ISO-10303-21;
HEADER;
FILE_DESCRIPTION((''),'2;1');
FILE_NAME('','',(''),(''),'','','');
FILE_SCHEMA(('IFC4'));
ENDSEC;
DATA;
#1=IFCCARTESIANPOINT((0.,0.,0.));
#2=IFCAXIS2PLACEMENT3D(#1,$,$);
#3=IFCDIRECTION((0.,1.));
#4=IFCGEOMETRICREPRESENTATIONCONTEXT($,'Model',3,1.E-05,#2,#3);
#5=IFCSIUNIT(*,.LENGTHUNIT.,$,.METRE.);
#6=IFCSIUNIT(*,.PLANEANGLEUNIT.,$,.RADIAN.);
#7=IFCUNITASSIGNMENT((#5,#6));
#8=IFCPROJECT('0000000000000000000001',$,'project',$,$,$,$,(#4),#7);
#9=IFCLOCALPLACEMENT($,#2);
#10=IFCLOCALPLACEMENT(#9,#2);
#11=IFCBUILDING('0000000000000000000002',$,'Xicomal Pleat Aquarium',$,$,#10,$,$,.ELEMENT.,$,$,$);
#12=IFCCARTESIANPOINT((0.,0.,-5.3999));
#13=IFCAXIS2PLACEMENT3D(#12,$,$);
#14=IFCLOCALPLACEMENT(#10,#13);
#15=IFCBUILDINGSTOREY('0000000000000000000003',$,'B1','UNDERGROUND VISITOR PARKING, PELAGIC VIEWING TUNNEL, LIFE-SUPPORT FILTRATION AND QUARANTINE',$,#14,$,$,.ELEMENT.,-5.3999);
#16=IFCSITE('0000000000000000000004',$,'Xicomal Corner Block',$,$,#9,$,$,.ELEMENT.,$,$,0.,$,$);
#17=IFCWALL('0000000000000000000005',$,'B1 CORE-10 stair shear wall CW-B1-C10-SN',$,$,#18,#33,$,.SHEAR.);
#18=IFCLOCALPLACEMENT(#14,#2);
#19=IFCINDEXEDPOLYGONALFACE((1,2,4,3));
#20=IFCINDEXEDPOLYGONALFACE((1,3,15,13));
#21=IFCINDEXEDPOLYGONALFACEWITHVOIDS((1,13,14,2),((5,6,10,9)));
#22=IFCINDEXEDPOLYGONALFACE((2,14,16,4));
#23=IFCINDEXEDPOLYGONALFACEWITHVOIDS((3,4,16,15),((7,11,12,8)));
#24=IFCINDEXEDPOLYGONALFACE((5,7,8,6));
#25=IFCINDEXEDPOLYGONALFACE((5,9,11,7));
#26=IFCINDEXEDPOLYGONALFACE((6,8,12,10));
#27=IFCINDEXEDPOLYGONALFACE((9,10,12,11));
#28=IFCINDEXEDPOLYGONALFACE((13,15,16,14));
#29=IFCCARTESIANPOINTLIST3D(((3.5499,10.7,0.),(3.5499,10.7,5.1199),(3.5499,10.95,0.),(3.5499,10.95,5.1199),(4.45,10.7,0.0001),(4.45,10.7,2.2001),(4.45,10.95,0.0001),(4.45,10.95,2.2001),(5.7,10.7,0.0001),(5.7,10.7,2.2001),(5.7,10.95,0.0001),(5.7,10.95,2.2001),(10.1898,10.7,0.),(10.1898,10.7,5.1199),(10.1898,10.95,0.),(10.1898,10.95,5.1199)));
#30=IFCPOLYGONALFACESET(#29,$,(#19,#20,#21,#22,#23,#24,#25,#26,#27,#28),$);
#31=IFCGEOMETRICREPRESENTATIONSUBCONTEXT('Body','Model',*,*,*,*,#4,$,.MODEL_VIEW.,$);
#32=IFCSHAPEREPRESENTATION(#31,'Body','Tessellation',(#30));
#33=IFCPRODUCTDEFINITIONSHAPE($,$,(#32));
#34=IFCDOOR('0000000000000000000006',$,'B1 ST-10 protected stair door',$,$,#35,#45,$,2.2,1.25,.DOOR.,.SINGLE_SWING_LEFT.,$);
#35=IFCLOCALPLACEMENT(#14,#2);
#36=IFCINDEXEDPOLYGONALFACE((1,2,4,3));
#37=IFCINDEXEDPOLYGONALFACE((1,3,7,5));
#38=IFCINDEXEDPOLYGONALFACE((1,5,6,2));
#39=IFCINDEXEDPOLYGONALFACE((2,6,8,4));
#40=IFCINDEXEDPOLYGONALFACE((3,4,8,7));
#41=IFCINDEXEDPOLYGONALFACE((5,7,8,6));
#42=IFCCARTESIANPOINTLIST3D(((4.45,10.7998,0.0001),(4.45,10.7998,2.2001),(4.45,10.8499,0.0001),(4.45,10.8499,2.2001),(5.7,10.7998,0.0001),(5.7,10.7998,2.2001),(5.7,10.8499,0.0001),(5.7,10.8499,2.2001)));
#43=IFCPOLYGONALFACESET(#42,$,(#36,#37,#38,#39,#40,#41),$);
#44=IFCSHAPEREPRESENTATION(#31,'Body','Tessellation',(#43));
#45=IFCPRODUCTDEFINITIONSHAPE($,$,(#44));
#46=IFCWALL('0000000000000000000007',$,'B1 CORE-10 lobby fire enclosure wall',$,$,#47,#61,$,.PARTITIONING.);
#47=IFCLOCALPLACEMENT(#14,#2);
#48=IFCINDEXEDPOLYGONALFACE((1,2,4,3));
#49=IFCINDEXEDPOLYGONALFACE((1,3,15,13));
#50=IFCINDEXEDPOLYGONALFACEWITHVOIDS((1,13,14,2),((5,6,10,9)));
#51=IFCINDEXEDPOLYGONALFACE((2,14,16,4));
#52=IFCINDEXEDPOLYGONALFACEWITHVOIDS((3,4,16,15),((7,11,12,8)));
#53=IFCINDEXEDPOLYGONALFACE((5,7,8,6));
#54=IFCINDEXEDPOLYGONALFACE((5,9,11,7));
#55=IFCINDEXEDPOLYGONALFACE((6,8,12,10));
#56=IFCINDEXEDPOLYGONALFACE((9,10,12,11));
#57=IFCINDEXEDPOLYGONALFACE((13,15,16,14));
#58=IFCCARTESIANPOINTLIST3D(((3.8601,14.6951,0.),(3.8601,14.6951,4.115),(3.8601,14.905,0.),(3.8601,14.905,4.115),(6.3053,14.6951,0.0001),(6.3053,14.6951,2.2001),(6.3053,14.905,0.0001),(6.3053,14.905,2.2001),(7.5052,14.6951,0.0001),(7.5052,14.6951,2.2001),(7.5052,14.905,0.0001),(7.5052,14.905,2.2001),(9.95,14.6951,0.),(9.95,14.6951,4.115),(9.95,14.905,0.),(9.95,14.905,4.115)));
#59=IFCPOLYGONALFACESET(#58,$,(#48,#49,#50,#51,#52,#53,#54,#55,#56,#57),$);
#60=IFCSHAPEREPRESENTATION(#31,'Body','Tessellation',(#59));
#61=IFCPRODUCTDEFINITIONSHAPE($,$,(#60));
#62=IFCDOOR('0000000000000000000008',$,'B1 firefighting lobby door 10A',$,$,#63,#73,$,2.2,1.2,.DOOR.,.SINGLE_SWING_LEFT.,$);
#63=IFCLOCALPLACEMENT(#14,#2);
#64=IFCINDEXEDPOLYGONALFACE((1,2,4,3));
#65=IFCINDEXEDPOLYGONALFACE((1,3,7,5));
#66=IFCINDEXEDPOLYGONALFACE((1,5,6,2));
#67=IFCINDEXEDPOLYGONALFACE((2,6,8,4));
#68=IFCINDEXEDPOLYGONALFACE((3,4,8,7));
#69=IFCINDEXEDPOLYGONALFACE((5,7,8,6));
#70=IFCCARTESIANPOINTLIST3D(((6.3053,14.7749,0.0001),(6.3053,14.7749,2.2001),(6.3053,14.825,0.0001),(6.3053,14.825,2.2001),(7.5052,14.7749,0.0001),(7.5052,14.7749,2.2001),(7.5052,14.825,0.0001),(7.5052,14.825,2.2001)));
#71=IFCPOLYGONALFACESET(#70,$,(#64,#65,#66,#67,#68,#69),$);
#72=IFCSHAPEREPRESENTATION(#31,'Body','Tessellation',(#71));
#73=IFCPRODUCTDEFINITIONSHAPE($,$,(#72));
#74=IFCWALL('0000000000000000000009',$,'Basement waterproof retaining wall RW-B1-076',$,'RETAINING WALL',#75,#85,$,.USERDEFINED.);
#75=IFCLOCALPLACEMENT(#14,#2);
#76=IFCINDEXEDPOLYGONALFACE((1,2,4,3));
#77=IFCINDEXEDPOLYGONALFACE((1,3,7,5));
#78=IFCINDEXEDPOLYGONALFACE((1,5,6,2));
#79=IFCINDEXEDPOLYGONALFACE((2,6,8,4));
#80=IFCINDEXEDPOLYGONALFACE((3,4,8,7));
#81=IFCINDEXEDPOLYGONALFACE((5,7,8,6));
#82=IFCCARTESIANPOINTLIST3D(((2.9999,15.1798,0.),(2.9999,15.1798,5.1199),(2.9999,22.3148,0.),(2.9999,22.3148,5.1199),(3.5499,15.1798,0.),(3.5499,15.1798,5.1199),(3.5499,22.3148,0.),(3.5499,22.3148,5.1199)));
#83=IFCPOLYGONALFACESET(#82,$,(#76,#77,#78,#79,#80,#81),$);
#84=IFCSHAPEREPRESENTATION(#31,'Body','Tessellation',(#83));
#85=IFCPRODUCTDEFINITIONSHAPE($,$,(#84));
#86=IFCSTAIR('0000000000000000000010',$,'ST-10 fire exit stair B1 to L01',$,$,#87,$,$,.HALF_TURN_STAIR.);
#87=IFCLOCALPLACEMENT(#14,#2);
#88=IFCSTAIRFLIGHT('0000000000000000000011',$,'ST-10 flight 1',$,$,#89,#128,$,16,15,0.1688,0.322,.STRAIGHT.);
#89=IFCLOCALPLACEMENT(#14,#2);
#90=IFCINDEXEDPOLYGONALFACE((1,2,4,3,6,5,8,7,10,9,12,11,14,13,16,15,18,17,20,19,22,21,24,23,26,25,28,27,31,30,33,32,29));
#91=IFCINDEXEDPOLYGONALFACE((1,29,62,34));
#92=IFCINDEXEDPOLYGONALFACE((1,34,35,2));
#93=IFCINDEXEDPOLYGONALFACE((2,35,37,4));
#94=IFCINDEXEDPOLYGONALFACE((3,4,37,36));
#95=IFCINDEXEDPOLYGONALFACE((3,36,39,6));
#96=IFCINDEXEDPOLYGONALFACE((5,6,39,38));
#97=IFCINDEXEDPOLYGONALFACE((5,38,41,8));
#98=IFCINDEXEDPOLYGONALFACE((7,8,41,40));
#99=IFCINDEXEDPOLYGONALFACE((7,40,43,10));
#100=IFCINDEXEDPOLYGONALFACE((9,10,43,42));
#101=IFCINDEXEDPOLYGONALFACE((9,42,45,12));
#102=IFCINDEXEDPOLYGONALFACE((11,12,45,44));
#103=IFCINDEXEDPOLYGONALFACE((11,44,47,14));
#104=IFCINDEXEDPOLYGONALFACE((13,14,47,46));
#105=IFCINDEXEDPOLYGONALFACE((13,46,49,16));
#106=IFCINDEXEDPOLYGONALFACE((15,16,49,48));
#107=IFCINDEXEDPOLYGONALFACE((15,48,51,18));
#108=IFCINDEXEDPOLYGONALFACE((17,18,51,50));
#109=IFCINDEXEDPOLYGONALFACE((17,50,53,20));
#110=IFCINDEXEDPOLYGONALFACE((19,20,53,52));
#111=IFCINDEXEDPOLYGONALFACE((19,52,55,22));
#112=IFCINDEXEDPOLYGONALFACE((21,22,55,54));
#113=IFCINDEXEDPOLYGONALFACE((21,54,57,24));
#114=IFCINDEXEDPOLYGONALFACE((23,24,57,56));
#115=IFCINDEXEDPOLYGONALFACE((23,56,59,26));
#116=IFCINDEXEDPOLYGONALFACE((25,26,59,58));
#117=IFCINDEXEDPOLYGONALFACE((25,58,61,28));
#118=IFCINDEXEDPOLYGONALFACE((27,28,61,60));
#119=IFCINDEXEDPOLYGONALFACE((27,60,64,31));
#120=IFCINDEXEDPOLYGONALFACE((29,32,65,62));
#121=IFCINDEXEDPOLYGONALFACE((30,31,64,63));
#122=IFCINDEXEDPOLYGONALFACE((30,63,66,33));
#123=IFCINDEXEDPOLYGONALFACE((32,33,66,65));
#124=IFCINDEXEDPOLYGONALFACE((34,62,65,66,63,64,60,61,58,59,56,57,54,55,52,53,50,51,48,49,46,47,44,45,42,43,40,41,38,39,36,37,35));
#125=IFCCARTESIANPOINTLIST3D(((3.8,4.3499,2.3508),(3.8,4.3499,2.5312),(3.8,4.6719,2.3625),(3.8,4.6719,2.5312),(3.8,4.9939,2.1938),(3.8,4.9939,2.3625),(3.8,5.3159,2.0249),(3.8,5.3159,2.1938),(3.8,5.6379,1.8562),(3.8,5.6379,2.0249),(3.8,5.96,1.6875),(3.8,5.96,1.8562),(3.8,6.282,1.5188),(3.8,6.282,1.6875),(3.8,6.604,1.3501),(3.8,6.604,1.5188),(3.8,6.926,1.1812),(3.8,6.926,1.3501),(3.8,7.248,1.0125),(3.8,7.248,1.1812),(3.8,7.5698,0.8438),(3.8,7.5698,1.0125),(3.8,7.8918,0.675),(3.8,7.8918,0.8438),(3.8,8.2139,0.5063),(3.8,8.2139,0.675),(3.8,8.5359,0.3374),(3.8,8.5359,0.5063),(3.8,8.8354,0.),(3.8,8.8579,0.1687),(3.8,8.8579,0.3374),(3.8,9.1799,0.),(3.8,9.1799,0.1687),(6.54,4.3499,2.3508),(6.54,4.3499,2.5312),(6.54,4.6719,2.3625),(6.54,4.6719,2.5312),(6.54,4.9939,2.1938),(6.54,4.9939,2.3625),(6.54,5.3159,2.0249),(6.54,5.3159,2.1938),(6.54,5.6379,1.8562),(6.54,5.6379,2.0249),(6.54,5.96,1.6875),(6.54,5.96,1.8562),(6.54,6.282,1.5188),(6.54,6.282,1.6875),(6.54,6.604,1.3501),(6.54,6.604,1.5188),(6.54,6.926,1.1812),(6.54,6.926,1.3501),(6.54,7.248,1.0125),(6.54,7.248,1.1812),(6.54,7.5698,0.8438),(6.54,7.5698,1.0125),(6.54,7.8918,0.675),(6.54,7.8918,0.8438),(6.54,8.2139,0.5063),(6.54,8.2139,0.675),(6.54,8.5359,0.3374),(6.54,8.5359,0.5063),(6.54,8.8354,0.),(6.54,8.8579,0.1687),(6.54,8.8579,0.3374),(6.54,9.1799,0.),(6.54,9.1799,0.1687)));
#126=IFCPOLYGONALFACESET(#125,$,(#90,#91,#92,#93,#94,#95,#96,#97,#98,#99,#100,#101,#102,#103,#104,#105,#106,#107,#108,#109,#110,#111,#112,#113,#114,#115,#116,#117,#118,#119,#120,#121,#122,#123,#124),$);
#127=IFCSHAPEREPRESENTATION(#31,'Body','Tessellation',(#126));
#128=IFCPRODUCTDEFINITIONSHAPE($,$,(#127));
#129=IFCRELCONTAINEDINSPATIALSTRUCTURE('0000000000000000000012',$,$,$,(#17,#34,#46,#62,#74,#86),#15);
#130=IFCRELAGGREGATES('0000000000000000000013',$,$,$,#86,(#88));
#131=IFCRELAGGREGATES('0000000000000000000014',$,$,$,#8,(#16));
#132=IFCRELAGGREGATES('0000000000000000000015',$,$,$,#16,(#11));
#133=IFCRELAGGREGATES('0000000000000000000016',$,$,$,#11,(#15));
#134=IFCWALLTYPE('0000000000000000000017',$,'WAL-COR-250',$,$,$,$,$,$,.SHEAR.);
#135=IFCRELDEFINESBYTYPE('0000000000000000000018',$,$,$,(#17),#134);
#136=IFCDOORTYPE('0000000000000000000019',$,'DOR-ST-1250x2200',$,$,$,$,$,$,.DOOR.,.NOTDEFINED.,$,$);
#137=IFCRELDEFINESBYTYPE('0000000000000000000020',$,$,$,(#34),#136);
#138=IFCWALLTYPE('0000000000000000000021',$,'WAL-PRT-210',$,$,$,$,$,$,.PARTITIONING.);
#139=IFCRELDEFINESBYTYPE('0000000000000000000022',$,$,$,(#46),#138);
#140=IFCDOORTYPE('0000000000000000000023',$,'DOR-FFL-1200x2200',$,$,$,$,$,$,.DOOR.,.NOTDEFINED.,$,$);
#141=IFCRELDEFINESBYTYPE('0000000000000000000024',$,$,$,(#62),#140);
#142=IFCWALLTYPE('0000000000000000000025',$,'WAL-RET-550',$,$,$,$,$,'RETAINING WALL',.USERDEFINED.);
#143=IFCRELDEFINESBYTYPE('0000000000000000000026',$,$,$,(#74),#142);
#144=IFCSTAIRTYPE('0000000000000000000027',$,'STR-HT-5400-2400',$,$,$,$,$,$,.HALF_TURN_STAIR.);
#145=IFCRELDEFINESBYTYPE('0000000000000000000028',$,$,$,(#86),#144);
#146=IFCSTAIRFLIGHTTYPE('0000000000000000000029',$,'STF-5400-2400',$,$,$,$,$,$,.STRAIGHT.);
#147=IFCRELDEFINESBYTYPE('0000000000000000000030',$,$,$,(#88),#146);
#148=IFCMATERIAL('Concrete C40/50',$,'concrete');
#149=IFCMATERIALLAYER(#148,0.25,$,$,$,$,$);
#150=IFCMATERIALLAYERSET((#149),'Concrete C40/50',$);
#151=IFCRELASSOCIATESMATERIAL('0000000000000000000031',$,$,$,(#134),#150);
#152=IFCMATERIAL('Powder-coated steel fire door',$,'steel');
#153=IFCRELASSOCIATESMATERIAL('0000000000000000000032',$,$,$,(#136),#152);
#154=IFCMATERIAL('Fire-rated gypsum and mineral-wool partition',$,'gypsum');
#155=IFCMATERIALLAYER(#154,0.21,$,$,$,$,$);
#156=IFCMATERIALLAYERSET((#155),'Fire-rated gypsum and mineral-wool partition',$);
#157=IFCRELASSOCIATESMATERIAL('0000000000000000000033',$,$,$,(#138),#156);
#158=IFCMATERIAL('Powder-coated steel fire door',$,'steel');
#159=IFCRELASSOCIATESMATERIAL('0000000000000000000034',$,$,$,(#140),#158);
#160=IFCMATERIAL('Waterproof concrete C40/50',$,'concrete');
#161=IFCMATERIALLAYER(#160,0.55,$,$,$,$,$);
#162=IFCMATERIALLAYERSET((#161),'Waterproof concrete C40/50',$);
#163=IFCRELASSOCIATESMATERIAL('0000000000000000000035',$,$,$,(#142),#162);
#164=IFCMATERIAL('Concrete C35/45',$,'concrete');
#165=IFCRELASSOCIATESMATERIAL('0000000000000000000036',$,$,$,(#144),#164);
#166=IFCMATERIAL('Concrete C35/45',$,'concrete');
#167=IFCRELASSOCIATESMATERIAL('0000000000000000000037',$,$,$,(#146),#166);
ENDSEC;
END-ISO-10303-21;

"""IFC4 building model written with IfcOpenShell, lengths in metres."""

from ifc_helpers import new_model, si_unit, direction, frame, frame_2d, origin, place, context, subcontext, project, spatial, polyline, rectangle, outline, extrude, material, layer, layer_set, type_object, element, fill, aggregate, save


model = new_model("IFC4")

# Units and contexts
model_context = context("Model", 3, precision=1e-05, world=origin(), true_north=direction((0.0, 1.0)))
body_context = subcontext(model_context, "Body", "Model", "MODEL_VIEW")
ifc_project = project(units=[si_unit("LENGTHUNIT", "METRE"), si_unit("PLANEANGLEUNIT", "RADIAN")], contexts=[model_context])

# Site, building, storey
site_placement = place(None, origin())
site = spatial("IfcSite", under=ifc_project, at=site_placement, Name="Xicomal Corner Block", CompositionType="ELEMENT", RefElevation=0.0)
building_placement = place(site_placement, origin())
building = spatial("IfcBuilding", under=site, at=building_placement, Name="Xicomal Pleat Aquarium", CompositionType="ELEMENT")
storey_placement = place(building_placement, frame((0.0, 0.0, -5.3999)))
storey = spatial("IfcBuildingStorey", under=building, at=storey_placement, Name="B1", Description="UNDERGROUND VISITOR PARKING, PELAGIC VIEWING TUNNEL, LIFE-SUPPORT FILTRATION AND QUARANTINE", CompositionType="ELEMENT", Elevation=-5.3999)

# Walls, openings, doors
ifc_material_1 = material(Name="Concrete C40/50", Category="concrete")
ifc_layer_1 = layer(ifc_material_1, 0.25)
ifc_layer_set_1 = layer_set([ifc_layer_1], Name="Concrete C40/50")
wall_type_1 = type_object("IfcWallType", Name="WAL-COR-250", PredefinedType="SHEAR", material=ifc_layer_set_1)
ifc_material_2 = material(Name="Powder-coated steel fire door", Category="steel")
door_type_1 = type_object("IfcDoorType", Name="DOR-ST-1250x2200", OperationType="NOTDEFINED", PredefinedType="DOOR", material=ifc_material_2)
wall_1_placement = place(storey_placement, frame((3.55, 10.825, 0.0), z_axis=(0.0, 0.0, 1.0), x_axis=(1.0, 0.0, 0.0)))
wall_1 = element("IfcWall", 1, at=wall_1_placement, inside=storey, type_object=wall_type_1, Name="B1 CORE-10 stair shear wall CW-B1-C10-SN", PredefinedType="SHEAR", context=body_context, shape_type="SweptSolid", body=[
    extrude(rectangle(XDim=6.6399, YDim=0.25, at=frame_2d((3.3198, 0.0))), origin(), (0.0, 0.0, 1.0), 5.1199),
])
opening_1_placement = place(wall_1_placement, frame((0.8999, 0.0, 0.0)))
opening_1 = element("IfcOpeningElement", 2, at=opening_1_placement, cuts=wall_1, PredefinedType="OPENING", context=body_context, shape_type="SweptSolid", body=[
    extrude(rectangle(XDim=1.25, YDim=2.2, at=frame_2d((0.625, 1.1001))), frame((0.0, 0.135, 0.0), z_axis=(0.0, -1.0, 0.0), x_axis=(1.0, 0.0, 0.0)), (0.0, 0.0, 1.0), 0.27),
])
door_1_placement = place(opening_1_placement, origin())
door_1 = element("IfcDoor", 3, at=door_1_placement, inside=storey, type_object=door_type_1, Name="B1 ST-10 protected stair door", OperationType="SINGLE_SWING_LEFT", OverallHeight=2.2, OverallWidth=1.25, PredefinedType="DOOR", context=body_context, shape_type="SweptSolid", body=[
    extrude(rectangle(XDim=1.25, YDim=2.2, at=frame_2d((0.625, 1.1001))), frame((0.0, 0.0249, 0.0), z_axis=(0.0, -1.0, 0.0), x_axis=(1.0, 0.0, 0.0)), (0.0, 0.0, 1.0), 0.05),
])
fill(opening_1, door_1)
ifc_material_3 = material(Name="Fire-rated gypsum and mineral-wool partition", Category="gypsum")
ifc_layer_2 = layer(ifc_material_3, 0.21)
ifc_layer_set_2 = layer_set([ifc_layer_2], Name="Fire-rated gypsum and mineral-wool partition")
wall_type_2 = type_object("IfcWallType", Name="WAL-PRT-210", PredefinedType="PARTITIONING", material=ifc_layer_set_2)
wall_2_placement = place(storey_placement, frame((3.8601, 14.8, 0.0), z_axis=(0.0, 0.0, 1.0), x_axis=(1.0, 0.0, 0.0)))
wall_2 = element("IfcWall", 4, at=wall_2_placement, inside=storey, type_object=wall_type_2, Name="B1 CORE-10 lobby fire enclosure wall", PredefinedType="PARTITIONING", context=body_context, shape_type="SweptSolid", body=[
    extrude(rectangle(XDim=6.0898, YDim=0.21, at=frame_2d((3.0449, 0.0))), origin(), (0.0, 0.0, 1.0), 4.115),
])
opening_2_placement = place(wall_2_placement, frame((2.4451, 0.0, 0.0)))
opening_2 = element("IfcOpeningElement", 5, at=opening_2_placement, cuts=wall_2, PredefinedType="OPENING", context=body_context, shape_type="SweptSolid", body=[
    extrude(rectangle(XDim=1.2, YDim=2.2, at=frame_2d((0.6001, 1.1001))), frame((0.0, 0.115, 0.0), z_axis=(0.0, -1.0, 0.0), x_axis=(1.0, 0.0, 0.0)), (0.0, 0.0, 1.0), 0.23),
])
ifc_material_4 = material(Name="Powder-coated steel fire door", Category="steel")
door_type_2 = type_object("IfcDoorType", Name="DOR-FFL-1200x2200", OperationType="NOTDEFINED", PredefinedType="DOOR", material=ifc_material_4)
door_2_placement = place(opening_2_placement, origin())
door_2 = element("IfcDoor", 6, at=door_2_placement, inside=storey, type_object=door_type_2, Name="B1 firefighting lobby door 10A", OperationType="SINGLE_SWING_LEFT", OverallHeight=2.2, OverallWidth=1.2, PredefinedType="DOOR", context=body_context, shape_type="SweptSolid", body=[
    extrude(rectangle(XDim=1.2, YDim=2.2, at=frame_2d((0.6001, 1.1001))), frame((0.0, 0.0249, 0.0), z_axis=(0.0, -1.0, 0.0), x_axis=(1.0, 0.0, 0.0)), (0.0, 0.0, 1.0), 0.05),
])
fill(opening_2, door_2)

# Wall
ifc_material_5 = material(Name="Waterproof concrete C40/50", Category="concrete")
ifc_layer_3 = layer(ifc_material_5, 0.55)
ifc_layer_set_3 = layer_set([ifc_layer_3], Name="Waterproof concrete C40/50")
wall_type_3 = type_object("IfcWallType", Name="WAL-RET-550", ElementType="RETAINING WALL", PredefinedType="USERDEFINED", material=ifc_layer_set_3)
wall_3_placement = place(storey_placement, frame((3.2749, 15.1799, 0.0), z_axis=(0.0, 0.0, 1.0), x_axis=(0.0, 1.0, 0.0)))
element("IfcWall", 7, at=wall_3_placement, inside=storey, type_object=wall_type_3, Name="Basement waterproof retaining wall RW-B1-076", ObjectType="RETAINING WALL", PredefinedType="USERDEFINED", context=body_context, shape_type="SweptSolid", body=[
    extrude(rectangle(XDim=7.135, YDim=0.55, at=frame_2d((3.5674, 0.0))), origin(), (0.0, 0.0, 1.0), 5.1199),
])

# Stair, stair flight
ifc_material_6 = material(Name="Concrete C35/45", Category="concrete")
stair_type = type_object("IfcStairType", Name="STR-HT-5400-2400", PredefinedType="HALF_TURN_STAIR", material=ifc_material_6)
stair_placement = place(storey_placement, origin())
stair = element("IfcStair", 8, at=stair_placement, inside=storey, type_object=stair_type, Name="ST-10 fire exit stair B1 to L01", PredefinedType="HALF_TURN_STAIR")
ifc_material_7 = material(Name="Concrete C35/45", Category="concrete")
stair_flight_type = type_object("IfcStairFlightType", Name="STF-5400-2400", PredefinedType="STRAIGHT", material=ifc_material_7)
stair_flight_placement = place(storey_placement, frame((5.1699, 9.1799, 0.0), z_axis=(0.0, 0.0, 1.0), x_axis=(0.0, -1.0, 0.0)))
stair_flight = element("IfcStairFlight", 9, at=stair_flight_placement, type_object=stair_flight_type, Name="ST-10 flight 1", NumberOfRisers=16, NumberOfTreads=15, PredefinedType="STRAIGHT", RiserHeight=0.1688, TreadLength=0.322, context=body_context, shape_type="SweptSolid", body=[
    extrude(outline(polyline([(0.0, 0.0), (0.0, 0.1687), (0.322, 0.1687), (0.322, 0.3374), (0.644, 0.3374), (0.644, 0.5063), (0.9661, 0.5063), (0.9661, 0.675), (1.2881, 0.675), (1.2881, 0.8438), (1.6101, 0.8438), (1.6101, 1.0125), (1.9319, 1.0125), (1.9319, 1.1812), (2.2539, 1.1812), (2.2539, 1.3501), (2.5759, 1.3501), (2.5759, 1.5188), (2.8979, 1.5188), (2.8979, 1.6875), (3.22, 1.6875), (3.22, 1.8562), (3.542, 1.8562), (3.542, 2.0249), (3.864, 2.0249), (3.864, 2.1938), (4.186, 2.1938), (4.186, 2.3625), (4.5081, 2.3625), (4.5081, 2.5312), (4.8301, 2.5312), (4.8301, 2.7), (4.8301, 2.3508), (0.3445, 0.0), (0.0, 0.0)])), frame((0.0, 1.3701, 0.0), z_axis=(0.0, -1.0, 0.0), x_axis=(1.0, 0.0, 0.0)), (0.0, 0.0, 1.0), 2.74),
])
aggregate(stair, [stair_flight])

save(model, "model.ifc")
